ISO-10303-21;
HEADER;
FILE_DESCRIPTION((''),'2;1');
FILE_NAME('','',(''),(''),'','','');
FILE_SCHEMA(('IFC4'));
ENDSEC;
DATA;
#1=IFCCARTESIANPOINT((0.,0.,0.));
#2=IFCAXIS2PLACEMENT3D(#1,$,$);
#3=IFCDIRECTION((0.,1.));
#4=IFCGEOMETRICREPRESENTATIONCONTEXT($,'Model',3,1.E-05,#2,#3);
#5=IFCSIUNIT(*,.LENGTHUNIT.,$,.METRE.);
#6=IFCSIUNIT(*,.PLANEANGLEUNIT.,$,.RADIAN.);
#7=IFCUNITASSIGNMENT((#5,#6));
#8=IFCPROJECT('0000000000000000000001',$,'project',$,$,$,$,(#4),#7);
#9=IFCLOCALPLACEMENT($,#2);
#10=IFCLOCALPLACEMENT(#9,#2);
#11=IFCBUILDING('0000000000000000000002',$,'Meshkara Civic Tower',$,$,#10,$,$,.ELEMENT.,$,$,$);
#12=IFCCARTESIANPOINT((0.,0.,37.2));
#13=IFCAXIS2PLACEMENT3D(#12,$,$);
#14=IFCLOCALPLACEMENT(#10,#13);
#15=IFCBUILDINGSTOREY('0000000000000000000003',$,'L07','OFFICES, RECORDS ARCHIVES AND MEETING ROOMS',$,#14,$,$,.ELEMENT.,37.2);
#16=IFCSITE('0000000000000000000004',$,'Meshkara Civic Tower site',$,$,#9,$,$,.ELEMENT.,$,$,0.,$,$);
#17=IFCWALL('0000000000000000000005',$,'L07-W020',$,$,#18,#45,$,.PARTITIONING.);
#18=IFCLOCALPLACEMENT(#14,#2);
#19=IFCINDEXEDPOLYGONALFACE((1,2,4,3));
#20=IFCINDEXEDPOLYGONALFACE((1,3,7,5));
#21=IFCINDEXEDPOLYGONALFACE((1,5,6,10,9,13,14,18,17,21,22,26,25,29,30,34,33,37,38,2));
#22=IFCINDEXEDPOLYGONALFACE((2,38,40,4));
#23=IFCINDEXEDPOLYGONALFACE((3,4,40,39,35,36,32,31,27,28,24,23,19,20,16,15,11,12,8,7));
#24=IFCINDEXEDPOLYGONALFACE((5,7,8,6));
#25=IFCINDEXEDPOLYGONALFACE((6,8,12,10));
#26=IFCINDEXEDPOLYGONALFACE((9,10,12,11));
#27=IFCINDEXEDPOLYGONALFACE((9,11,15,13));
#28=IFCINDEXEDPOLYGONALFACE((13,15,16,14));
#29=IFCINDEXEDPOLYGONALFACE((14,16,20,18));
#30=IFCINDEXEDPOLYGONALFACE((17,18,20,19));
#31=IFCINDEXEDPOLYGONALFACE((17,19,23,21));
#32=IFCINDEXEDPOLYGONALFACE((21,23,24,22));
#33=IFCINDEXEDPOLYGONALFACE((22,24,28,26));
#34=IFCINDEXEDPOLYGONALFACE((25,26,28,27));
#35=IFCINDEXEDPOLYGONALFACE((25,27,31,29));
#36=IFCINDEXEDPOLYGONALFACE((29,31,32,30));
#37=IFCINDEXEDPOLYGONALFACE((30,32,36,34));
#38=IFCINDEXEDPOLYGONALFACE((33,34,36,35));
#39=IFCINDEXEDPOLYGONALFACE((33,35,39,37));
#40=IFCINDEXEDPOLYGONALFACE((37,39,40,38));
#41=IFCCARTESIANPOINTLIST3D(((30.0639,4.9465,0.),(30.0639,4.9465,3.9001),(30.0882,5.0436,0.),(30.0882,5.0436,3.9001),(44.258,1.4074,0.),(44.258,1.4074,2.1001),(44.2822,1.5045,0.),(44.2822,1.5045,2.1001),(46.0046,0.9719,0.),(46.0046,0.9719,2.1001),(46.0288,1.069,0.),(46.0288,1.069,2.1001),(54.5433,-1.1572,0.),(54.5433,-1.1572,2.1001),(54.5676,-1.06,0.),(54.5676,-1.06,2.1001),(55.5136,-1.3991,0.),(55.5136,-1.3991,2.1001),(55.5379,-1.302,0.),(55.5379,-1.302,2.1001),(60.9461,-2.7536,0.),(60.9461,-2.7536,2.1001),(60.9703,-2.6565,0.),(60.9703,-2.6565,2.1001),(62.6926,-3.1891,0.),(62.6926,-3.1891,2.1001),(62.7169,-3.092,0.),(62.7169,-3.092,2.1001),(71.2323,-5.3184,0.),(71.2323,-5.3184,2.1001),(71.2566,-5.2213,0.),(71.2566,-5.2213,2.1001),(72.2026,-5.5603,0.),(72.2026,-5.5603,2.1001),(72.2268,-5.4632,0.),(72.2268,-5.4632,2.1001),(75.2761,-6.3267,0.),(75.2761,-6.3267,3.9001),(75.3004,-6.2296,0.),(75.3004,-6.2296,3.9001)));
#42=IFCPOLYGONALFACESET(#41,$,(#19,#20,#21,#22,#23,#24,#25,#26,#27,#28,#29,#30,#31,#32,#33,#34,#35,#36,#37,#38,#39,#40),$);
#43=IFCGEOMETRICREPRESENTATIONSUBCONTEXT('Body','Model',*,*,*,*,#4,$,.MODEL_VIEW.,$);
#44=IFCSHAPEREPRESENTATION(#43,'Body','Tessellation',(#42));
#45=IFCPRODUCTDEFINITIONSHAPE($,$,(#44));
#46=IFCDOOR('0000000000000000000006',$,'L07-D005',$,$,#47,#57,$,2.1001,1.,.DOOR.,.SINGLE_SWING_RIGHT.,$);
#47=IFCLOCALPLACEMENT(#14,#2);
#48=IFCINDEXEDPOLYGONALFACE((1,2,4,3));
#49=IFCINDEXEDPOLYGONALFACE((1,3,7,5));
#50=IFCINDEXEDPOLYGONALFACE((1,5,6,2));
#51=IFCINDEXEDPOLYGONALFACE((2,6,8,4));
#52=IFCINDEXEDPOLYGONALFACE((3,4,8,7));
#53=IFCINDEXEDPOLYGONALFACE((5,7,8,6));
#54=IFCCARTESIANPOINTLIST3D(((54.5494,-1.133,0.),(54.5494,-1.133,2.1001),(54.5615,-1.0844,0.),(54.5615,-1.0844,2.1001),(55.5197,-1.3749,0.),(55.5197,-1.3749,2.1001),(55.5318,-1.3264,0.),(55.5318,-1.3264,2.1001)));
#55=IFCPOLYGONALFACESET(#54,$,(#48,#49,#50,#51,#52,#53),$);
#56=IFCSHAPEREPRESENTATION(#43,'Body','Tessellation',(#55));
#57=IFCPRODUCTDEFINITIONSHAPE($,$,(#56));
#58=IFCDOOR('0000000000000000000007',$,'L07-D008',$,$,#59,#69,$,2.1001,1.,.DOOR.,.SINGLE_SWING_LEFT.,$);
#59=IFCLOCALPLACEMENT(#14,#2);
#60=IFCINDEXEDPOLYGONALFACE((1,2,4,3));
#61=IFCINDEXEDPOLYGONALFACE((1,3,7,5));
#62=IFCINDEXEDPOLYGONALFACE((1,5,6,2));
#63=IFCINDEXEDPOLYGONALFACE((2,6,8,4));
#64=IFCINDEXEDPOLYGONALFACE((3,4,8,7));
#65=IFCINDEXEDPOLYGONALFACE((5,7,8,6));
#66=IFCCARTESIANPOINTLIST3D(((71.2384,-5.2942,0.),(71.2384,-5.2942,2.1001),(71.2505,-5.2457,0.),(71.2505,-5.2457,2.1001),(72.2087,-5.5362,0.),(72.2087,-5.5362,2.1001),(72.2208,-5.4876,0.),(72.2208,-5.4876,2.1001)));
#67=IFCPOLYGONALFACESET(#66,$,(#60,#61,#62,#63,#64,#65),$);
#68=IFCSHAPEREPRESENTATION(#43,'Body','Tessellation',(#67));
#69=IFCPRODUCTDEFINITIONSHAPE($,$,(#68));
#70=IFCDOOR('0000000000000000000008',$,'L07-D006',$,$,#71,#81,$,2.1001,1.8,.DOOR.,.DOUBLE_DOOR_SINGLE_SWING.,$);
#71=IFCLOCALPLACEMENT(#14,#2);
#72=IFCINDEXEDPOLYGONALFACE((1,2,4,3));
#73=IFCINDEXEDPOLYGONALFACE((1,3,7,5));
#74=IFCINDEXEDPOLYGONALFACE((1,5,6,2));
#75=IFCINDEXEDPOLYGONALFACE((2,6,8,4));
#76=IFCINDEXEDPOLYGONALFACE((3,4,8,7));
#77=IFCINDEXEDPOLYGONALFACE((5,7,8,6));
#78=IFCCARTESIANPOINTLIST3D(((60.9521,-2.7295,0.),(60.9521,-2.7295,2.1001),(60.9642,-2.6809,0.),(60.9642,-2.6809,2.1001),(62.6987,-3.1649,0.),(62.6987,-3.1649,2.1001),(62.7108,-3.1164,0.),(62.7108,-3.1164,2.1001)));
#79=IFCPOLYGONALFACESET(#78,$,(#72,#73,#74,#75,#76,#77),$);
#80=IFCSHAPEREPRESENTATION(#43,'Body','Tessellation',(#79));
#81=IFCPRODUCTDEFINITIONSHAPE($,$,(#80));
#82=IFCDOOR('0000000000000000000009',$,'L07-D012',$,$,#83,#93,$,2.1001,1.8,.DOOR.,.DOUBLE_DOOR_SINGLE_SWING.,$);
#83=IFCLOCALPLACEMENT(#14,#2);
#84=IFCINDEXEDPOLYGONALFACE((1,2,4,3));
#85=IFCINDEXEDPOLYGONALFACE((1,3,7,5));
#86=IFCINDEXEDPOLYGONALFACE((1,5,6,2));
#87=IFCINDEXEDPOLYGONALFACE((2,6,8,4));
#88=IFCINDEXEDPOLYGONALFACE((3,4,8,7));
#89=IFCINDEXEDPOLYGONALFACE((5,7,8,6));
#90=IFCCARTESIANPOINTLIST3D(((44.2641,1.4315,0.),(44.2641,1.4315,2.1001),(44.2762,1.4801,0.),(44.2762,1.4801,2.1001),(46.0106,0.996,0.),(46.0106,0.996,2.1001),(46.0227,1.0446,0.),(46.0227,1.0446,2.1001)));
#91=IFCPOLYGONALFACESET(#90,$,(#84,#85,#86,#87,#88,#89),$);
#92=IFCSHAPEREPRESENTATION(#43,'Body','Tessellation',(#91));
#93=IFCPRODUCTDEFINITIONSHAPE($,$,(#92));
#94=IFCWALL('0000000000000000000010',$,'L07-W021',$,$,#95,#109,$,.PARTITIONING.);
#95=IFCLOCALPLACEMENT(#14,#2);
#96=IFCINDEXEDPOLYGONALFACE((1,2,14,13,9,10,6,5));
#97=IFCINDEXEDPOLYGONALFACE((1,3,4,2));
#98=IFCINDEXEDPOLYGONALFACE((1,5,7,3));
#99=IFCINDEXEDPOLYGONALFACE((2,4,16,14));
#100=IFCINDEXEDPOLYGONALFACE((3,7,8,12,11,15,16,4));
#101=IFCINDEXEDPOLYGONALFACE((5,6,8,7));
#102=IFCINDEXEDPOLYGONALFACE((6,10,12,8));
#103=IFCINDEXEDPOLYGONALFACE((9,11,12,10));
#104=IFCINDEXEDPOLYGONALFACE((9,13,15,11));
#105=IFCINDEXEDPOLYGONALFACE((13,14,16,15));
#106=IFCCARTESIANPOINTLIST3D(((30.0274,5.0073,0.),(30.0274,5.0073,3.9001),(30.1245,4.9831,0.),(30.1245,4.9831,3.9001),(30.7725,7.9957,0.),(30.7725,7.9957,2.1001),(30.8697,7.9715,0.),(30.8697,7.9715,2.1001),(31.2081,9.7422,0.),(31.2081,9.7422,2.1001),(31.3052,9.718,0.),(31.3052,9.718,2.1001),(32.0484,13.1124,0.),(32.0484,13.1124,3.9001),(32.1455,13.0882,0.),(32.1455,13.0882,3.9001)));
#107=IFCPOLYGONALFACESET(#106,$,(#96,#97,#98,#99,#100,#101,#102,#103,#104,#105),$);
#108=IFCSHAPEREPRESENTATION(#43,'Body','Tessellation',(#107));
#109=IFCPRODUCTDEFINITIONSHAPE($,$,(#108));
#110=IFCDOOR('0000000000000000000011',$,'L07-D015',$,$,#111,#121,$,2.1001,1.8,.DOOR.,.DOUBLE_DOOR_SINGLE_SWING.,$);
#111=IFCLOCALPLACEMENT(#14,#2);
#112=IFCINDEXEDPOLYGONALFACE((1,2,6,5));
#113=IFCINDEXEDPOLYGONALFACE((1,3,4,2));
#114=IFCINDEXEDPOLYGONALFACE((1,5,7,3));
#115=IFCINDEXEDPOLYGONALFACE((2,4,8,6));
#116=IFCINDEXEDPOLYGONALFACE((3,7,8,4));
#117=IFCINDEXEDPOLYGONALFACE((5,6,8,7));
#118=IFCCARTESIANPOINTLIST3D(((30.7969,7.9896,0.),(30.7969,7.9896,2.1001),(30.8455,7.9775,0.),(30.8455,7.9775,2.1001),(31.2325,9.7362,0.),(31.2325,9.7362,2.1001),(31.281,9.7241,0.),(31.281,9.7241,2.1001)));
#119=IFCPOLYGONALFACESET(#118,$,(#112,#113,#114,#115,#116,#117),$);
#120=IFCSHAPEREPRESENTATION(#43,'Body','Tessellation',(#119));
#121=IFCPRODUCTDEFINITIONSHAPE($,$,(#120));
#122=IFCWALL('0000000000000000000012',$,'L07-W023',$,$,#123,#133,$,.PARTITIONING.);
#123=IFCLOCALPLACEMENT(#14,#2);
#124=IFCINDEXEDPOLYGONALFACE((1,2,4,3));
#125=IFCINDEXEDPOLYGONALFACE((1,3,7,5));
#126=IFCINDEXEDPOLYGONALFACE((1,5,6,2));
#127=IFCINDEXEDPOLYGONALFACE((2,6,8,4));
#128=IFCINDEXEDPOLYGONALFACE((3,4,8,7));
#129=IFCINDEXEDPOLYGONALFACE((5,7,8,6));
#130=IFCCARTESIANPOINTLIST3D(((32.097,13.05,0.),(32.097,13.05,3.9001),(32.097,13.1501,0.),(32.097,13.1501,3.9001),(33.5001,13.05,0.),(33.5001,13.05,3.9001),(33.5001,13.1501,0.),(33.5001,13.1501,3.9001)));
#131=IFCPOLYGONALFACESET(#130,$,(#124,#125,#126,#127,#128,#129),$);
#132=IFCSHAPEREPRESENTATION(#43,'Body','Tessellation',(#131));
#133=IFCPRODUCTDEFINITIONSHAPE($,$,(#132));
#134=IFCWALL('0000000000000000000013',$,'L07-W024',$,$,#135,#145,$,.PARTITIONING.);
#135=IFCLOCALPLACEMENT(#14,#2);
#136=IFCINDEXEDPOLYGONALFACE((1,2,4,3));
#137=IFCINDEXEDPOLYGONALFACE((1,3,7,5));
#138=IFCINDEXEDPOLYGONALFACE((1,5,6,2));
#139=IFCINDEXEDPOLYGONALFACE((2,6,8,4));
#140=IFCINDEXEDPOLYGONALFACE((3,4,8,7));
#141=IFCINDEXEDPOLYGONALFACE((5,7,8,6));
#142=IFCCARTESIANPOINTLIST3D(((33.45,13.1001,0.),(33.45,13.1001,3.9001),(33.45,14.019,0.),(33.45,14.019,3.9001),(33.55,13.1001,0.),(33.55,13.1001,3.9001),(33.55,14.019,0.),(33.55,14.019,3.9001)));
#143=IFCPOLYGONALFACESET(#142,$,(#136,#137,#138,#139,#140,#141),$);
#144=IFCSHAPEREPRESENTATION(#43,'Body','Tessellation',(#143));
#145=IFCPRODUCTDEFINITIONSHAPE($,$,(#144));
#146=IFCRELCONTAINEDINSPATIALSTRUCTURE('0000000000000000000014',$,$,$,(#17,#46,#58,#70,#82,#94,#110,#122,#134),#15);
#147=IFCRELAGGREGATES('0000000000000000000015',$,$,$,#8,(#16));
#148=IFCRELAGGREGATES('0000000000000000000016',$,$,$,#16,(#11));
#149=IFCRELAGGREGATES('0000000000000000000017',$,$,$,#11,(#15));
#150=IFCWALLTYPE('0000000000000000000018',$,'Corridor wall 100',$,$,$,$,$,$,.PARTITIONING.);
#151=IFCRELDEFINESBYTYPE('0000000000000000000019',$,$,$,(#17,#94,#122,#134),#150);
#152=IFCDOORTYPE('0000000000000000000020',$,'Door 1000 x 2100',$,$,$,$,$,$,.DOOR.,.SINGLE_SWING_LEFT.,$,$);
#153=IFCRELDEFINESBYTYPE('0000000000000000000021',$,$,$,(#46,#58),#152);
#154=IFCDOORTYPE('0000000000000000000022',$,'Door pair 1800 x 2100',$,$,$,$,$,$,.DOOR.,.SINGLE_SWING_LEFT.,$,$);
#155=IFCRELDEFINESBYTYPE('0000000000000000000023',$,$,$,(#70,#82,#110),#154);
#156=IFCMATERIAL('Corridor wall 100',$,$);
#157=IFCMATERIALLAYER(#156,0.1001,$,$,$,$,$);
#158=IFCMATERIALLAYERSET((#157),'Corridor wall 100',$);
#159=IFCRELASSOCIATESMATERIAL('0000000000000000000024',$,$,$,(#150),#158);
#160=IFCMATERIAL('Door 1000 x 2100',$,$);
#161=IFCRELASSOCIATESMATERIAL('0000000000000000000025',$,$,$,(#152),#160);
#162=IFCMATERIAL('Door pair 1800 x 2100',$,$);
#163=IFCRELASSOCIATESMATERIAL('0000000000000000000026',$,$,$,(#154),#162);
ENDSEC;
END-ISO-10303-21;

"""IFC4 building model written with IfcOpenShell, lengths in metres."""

from ifc_helpers import new_model, si_unit, direction, frame, frame_2d, origin, place, context, subcontext, project, spatial, rectangle, extrude, material, layer, layer_set, type_object, element, fill, save


model = new_model("IFC4")

# Units and contexts
model_context = context("Model", 3, precision=1e-05, world=origin(), true_north=direction((0.0, 1.0)))
body_context = subcontext(model_context, "Body", "Model", "MODEL_VIEW")
ifc_project = project(units=[si_unit("LENGTHUNIT", "METRE"), si_unit("PLANEANGLEUNIT", "RADIAN")], contexts=[model_context])

# Site, building, storey
site_placement = place(None, origin())
site = spatial("IfcSite", under=ifc_project, at=site_placement, Name="Meshkara Civic Tower site", CompositionType="ELEMENT", RefElevation=0.0)
building_placement = place(site_placement, origin())
building = spatial("IfcBuilding", under=site, at=building_placement, Name="Meshkara Civic Tower", CompositionType="ELEMENT")
storey_placement = place(building_placement, frame((0.0, 0.0, 37.2)))
storey = spatial("IfcBuildingStorey", under=building, at=storey_placement, Name="L07", Description="OFFICES, RECORDS ARCHIVES AND MEETING ROOMS", CompositionType="ELEMENT", Elevation=37.2)

# Wall, openings, doors
ifc_material_1 = material(Name="Corridor wall 100")
ifc_layer_1 = layer(ifc_material_1, 0.1001)
ifc_layer_set_1 = layer_set([ifc_layer_1], Name="Corridor wall 100")
wall_type_1 = type_object("IfcWallType", Name="Corridor wall 100", PredefinedType="PARTITIONING", material=ifc_layer_set_1)
wall_1_placement = place(storey_placement, frame((30.0759, 4.9951, 0.0), z_axis=(0.0, 0.0, 1.0), x_axis=(0.970293, -0.241933, 0.0)))
wall_1 = element("IfcWall", 1, at=wall_1_placement, inside=storey, type_object=wall_type_1, Name="L07-W020", PredefinedType="PARTITIONING", context=body_context, shape_type="SweptSolid", body=[
    extrude(rectangle(XDim=46.5964, YDim=0.1001, at=frame_2d((23.2983, 0.0))), origin(), (0.0, 0.0, 1.0), 3.9001),
])
opening_1_placement = place(wall_1_placement, frame((25.229, 0.0, 0.0)))
opening_1 = element("IfcOpeningElement", 2, at=opening_1_placement, cuts=wall_1, PredefinedType="OPENING", context=body_context, shape_type="SweptSolid", body=[
    extrude(rectangle(XDim=1.0, YDim=2.1001, at=frame_2d((0.5, 1.05))), frame((0.0, 0.0601, 0.0), z_axis=(0.0, -1.0, 0.0), x_axis=(1.0, 0.0, 0.0)), (0.0, 0.0, 1.0), 0.1201),
])
opening_2_placement = place(wall_1_placement, frame((31.8279, 0.0, 0.0)))
opening_2 = element("IfcOpeningElement", 3, at=opening_2_placement, cuts=wall_1, PredefinedType="OPENING", context=body_context, shape_type="SweptSolid", body=[
    extrude(rectangle(XDim=1.8, YDim=2.1001, at=frame_2d((0.8999, 1.05))), frame((0.0, 0.0601, 0.0), z_axis=(0.0, -1.0, 0.0), x_axis=(1.0, 0.0, 0.0)), (0.0, 0.0, 1.0), 0.1201),
])
opening_3_placement = place(wall_1_placement, frame((42.429, 0.0, 0.0)))
opening_3 = element("IfcOpeningElement", 4, at=opening_3_placement, cuts=wall_1, PredefinedType="OPENING", context=body_context, shape_type="SweptSolid", body=[
    extrude(rectangle(XDim=1.0, YDim=2.1001, at=frame_2d((0.5, 1.05))), frame((0.0, 0.0601, 0.0), z_axis=(0.0, -1.0, 0.0), x_axis=(1.0, 0.0, 0.0)), (0.0, 0.0, 1.0), 0.1201),
])
opening_4_placement = place(wall_1_placement, frame((14.6289, 0.0, 0.0)))
opening_4 = element("IfcOpeningElement", 5, at=opening_4_placement, cuts=wall_1, PredefinedType="OPENING", context=body_context, shape_type="SweptSolid", body=[
    extrude(rectangle(XDim=1.8, YDim=2.1001, at=frame_2d((0.8999, 1.05))), frame((0.0, 0.0601, 0.0), z_axis=(0.0, -1.0, 0.0), x_axis=(1.0, 0.0, 0.0)), (0.0, 0.0, 1.0), 0.1201),
])
ifc_material_2 = material(Name="Door 1000 x 2100")
door_type_1 = type_object("IfcDoorType", Name="Door 1000 x 2100", OperationType="SINGLE_SWING_LEFT", PredefinedType="DOOR", material=ifc_material_2)
door_1_placement = place(opening_1_placement, origin())
door_1 = element("IfcDoor", 6, at=door_1_placement, inside=storey, type_object=door_type_1, Name="L07-D005", OperationType="SINGLE_SWING_RIGHT", OverallHeight=2.1001, OverallWidth=1.0, PredefinedType="DOOR", context=body_context, shape_type="SweptSolid", body=[
    extrude(rectangle(XDim=1.0, YDim=2.1001, at=frame_2d((0.5, 1.05))), frame((0.0, 0.0249, 0.0), z_axis=(0.0, -1.0, 0.0), x_axis=(1.0, 0.0, 0.0)), (0.0, 0.0, 1.0), 0.05),
])
fill(opening_1, door_1)
door_2_placement = place(opening_3_placement, origin())
door_2 = element("IfcDoor", 7, at=door_2_placement, inside=storey, type_object=door_type_1, Name="L07-D008", OperationType="SINGLE_SWING_LEFT", OverallHeight=2.1001, OverallWidth=1.0, PredefinedType="DOOR", context=body_context, shape_type="SweptSolid", body=[
    extrude(rectangle(XDim=1.0, YDim=2.1001, at=frame_2d((0.5, 1.05))), frame((0.0, 0.0249, 0.0), z_axis=(0.0, -1.0, 0.0), x_axis=(1.0, 0.0, 0.0)), (0.0, 0.0, 1.0), 0.05),
])
fill(opening_3, door_2)
ifc_material_3 = material(Name="Door pair 1800 x 2100")
door_type_2 = type_object("IfcDoorType", Name="Door pair 1800 x 2100", OperationType="SINGLE_SWING_LEFT", PredefinedType="DOOR", material=ifc_material_3)
door_3_placement = place(opening_2_placement, origin())
door_3 = element("IfcDoor", 8, at=door_3_placement, inside=storey, type_object=door_type_2, Name="L07-D006", OperationType="DOUBLE_DOOR_SINGLE_SWING", OverallHeight=2.1001, OverallWidth=1.8, PredefinedType="DOOR", context=body_context, shape_type="SweptSolid", body=[
    extrude(rectangle(XDim=1.8, YDim=2.1001, at=frame_2d((0.8999, 1.05))), frame((0.0, 0.0249, 0.0), z_axis=(0.0, -1.0, 0.0), x_axis=(1.0, 0.0, 0.0)), (0.0, 0.0, 1.0), 0.05),
])
fill(opening_2, door_3)
door_4_placement = place(opening_4_placement, origin())
door_4 = element("IfcDoor", 9, at=door_4_placement, inside=storey, type_object=door_type_2, Name="L07-D012", OperationType="DOUBLE_DOOR_SINGLE_SWING", OverallHeight=2.1001, OverallWidth=1.8, PredefinedType="DOOR", context=body_context, shape_type="SweptSolid", body=[
    extrude(rectangle(XDim=1.8, YDim=2.1001, at=frame_2d((0.8999, 1.05))), frame((0.0, 0.0249, 0.0), z_axis=(0.0, -1.0, 0.0), x_axis=(1.0, 0.0, 0.0)), (0.0, 0.0, 1.0), 0.05),
])
fill(opening_4, door_4)

# Wall, opening, door
wall_2_placement = place(storey_placement, frame((30.0759, 4.9951, 0.0), z_axis=(0.0, 0.0, 1.0), x_axis=(0.241944, 0.97029, 0.0)))
wall_2 = element("IfcWall", 10, at=wall_2_placement, inside=storey, type_object=wall_type_1, Name="L07-W021", PredefinedType="PARTITIONING", context=body_context, shape_type="SweptSolid", body=[
    extrude(rectangle(XDim=8.3533, YDim=0.1001, at=frame_2d((4.1768, 0.0))), origin(), (0.0, 0.0, 1.0), 3.9001),
])
opening_5_placement = place(wall_2_placement, frame((3.0801, 0.0, 0.0)))
opening_5 = element("IfcOpeningElement", 11, at=opening_5_placement, cuts=wall_2, PredefinedType="OPENING", context=body_context, shape_type="SweptSolid", body=[
    extrude(rectangle(XDim=1.8, YDim=2.1001, at=frame_2d((0.8999, 1.05))), frame((0.0, 0.0601, 0.0), z_axis=(0.0, -1.0, 0.0), x_axis=(1.0, 0.0, 0.0)), (0.0, 0.0, 1.0), 0.1201),
])
door_5_placement = place(opening_5_placement, origin())
door_5 = element("IfcDoor", 12, at=door_5_placement, inside=storey, type_object=door_type_2, Name="L07-D015", OperationType="DOUBLE_DOOR_SINGLE_SWING", OverallHeight=2.1001, OverallWidth=1.8, PredefinedType="DOOR", context=body_context, shape_type="SweptSolid", body=[
    extrude(rectangle(XDim=1.8, YDim=2.1001, at=frame_2d((0.8999, 1.05))), frame((0.0, 0.0249, 0.0), z_axis=(0.0, -1.0, 0.0), x_axis=(1.0, 0.0, 0.0)), (0.0, 0.0, 1.0), 0.05),
])
fill(opening_5, door_5)

# Walls
wall_3_placement = place(storey_placement, frame((32.0969, 13.1001, 0.0), z_axis=(0.0, 0.0, 1.0), x_axis=(1.0, 0.0, 0.0)))
element("IfcWall", 13, at=wall_3_placement, inside=storey, type_object=wall_type_1, Name="L07-W023", PredefinedType="PARTITIONING", context=body_context, shape_type="SweptSolid", body=[
    extrude(rectangle(XDim=1.4031, YDim=0.1001, at=frame_2d((0.7017, 0.0))), origin(), (0.0, 0.0, 1.0), 3.9001),
])
wall_4_placement = place(storey_placement, frame((33.5, 13.1001, 0.0), z_axis=(0.0, 0.0, 1.0), x_axis=(0.0, 1.0, 0.0)))
element("IfcWall", 14, at=wall_4_placement, inside=storey, type_object=wall_type_1, Name="L07-W024", PredefinedType="PARTITIONING", context=body_context, shape_type="SweptSolid", body=[
    extrude(rectangle(XDim=0.9189, YDim=0.1001, at=frame_2d((0.4595, 0.0))), origin(), (0.0, 0.0, 1.0), 3.9001),
])

save(model, "model.ifc")
